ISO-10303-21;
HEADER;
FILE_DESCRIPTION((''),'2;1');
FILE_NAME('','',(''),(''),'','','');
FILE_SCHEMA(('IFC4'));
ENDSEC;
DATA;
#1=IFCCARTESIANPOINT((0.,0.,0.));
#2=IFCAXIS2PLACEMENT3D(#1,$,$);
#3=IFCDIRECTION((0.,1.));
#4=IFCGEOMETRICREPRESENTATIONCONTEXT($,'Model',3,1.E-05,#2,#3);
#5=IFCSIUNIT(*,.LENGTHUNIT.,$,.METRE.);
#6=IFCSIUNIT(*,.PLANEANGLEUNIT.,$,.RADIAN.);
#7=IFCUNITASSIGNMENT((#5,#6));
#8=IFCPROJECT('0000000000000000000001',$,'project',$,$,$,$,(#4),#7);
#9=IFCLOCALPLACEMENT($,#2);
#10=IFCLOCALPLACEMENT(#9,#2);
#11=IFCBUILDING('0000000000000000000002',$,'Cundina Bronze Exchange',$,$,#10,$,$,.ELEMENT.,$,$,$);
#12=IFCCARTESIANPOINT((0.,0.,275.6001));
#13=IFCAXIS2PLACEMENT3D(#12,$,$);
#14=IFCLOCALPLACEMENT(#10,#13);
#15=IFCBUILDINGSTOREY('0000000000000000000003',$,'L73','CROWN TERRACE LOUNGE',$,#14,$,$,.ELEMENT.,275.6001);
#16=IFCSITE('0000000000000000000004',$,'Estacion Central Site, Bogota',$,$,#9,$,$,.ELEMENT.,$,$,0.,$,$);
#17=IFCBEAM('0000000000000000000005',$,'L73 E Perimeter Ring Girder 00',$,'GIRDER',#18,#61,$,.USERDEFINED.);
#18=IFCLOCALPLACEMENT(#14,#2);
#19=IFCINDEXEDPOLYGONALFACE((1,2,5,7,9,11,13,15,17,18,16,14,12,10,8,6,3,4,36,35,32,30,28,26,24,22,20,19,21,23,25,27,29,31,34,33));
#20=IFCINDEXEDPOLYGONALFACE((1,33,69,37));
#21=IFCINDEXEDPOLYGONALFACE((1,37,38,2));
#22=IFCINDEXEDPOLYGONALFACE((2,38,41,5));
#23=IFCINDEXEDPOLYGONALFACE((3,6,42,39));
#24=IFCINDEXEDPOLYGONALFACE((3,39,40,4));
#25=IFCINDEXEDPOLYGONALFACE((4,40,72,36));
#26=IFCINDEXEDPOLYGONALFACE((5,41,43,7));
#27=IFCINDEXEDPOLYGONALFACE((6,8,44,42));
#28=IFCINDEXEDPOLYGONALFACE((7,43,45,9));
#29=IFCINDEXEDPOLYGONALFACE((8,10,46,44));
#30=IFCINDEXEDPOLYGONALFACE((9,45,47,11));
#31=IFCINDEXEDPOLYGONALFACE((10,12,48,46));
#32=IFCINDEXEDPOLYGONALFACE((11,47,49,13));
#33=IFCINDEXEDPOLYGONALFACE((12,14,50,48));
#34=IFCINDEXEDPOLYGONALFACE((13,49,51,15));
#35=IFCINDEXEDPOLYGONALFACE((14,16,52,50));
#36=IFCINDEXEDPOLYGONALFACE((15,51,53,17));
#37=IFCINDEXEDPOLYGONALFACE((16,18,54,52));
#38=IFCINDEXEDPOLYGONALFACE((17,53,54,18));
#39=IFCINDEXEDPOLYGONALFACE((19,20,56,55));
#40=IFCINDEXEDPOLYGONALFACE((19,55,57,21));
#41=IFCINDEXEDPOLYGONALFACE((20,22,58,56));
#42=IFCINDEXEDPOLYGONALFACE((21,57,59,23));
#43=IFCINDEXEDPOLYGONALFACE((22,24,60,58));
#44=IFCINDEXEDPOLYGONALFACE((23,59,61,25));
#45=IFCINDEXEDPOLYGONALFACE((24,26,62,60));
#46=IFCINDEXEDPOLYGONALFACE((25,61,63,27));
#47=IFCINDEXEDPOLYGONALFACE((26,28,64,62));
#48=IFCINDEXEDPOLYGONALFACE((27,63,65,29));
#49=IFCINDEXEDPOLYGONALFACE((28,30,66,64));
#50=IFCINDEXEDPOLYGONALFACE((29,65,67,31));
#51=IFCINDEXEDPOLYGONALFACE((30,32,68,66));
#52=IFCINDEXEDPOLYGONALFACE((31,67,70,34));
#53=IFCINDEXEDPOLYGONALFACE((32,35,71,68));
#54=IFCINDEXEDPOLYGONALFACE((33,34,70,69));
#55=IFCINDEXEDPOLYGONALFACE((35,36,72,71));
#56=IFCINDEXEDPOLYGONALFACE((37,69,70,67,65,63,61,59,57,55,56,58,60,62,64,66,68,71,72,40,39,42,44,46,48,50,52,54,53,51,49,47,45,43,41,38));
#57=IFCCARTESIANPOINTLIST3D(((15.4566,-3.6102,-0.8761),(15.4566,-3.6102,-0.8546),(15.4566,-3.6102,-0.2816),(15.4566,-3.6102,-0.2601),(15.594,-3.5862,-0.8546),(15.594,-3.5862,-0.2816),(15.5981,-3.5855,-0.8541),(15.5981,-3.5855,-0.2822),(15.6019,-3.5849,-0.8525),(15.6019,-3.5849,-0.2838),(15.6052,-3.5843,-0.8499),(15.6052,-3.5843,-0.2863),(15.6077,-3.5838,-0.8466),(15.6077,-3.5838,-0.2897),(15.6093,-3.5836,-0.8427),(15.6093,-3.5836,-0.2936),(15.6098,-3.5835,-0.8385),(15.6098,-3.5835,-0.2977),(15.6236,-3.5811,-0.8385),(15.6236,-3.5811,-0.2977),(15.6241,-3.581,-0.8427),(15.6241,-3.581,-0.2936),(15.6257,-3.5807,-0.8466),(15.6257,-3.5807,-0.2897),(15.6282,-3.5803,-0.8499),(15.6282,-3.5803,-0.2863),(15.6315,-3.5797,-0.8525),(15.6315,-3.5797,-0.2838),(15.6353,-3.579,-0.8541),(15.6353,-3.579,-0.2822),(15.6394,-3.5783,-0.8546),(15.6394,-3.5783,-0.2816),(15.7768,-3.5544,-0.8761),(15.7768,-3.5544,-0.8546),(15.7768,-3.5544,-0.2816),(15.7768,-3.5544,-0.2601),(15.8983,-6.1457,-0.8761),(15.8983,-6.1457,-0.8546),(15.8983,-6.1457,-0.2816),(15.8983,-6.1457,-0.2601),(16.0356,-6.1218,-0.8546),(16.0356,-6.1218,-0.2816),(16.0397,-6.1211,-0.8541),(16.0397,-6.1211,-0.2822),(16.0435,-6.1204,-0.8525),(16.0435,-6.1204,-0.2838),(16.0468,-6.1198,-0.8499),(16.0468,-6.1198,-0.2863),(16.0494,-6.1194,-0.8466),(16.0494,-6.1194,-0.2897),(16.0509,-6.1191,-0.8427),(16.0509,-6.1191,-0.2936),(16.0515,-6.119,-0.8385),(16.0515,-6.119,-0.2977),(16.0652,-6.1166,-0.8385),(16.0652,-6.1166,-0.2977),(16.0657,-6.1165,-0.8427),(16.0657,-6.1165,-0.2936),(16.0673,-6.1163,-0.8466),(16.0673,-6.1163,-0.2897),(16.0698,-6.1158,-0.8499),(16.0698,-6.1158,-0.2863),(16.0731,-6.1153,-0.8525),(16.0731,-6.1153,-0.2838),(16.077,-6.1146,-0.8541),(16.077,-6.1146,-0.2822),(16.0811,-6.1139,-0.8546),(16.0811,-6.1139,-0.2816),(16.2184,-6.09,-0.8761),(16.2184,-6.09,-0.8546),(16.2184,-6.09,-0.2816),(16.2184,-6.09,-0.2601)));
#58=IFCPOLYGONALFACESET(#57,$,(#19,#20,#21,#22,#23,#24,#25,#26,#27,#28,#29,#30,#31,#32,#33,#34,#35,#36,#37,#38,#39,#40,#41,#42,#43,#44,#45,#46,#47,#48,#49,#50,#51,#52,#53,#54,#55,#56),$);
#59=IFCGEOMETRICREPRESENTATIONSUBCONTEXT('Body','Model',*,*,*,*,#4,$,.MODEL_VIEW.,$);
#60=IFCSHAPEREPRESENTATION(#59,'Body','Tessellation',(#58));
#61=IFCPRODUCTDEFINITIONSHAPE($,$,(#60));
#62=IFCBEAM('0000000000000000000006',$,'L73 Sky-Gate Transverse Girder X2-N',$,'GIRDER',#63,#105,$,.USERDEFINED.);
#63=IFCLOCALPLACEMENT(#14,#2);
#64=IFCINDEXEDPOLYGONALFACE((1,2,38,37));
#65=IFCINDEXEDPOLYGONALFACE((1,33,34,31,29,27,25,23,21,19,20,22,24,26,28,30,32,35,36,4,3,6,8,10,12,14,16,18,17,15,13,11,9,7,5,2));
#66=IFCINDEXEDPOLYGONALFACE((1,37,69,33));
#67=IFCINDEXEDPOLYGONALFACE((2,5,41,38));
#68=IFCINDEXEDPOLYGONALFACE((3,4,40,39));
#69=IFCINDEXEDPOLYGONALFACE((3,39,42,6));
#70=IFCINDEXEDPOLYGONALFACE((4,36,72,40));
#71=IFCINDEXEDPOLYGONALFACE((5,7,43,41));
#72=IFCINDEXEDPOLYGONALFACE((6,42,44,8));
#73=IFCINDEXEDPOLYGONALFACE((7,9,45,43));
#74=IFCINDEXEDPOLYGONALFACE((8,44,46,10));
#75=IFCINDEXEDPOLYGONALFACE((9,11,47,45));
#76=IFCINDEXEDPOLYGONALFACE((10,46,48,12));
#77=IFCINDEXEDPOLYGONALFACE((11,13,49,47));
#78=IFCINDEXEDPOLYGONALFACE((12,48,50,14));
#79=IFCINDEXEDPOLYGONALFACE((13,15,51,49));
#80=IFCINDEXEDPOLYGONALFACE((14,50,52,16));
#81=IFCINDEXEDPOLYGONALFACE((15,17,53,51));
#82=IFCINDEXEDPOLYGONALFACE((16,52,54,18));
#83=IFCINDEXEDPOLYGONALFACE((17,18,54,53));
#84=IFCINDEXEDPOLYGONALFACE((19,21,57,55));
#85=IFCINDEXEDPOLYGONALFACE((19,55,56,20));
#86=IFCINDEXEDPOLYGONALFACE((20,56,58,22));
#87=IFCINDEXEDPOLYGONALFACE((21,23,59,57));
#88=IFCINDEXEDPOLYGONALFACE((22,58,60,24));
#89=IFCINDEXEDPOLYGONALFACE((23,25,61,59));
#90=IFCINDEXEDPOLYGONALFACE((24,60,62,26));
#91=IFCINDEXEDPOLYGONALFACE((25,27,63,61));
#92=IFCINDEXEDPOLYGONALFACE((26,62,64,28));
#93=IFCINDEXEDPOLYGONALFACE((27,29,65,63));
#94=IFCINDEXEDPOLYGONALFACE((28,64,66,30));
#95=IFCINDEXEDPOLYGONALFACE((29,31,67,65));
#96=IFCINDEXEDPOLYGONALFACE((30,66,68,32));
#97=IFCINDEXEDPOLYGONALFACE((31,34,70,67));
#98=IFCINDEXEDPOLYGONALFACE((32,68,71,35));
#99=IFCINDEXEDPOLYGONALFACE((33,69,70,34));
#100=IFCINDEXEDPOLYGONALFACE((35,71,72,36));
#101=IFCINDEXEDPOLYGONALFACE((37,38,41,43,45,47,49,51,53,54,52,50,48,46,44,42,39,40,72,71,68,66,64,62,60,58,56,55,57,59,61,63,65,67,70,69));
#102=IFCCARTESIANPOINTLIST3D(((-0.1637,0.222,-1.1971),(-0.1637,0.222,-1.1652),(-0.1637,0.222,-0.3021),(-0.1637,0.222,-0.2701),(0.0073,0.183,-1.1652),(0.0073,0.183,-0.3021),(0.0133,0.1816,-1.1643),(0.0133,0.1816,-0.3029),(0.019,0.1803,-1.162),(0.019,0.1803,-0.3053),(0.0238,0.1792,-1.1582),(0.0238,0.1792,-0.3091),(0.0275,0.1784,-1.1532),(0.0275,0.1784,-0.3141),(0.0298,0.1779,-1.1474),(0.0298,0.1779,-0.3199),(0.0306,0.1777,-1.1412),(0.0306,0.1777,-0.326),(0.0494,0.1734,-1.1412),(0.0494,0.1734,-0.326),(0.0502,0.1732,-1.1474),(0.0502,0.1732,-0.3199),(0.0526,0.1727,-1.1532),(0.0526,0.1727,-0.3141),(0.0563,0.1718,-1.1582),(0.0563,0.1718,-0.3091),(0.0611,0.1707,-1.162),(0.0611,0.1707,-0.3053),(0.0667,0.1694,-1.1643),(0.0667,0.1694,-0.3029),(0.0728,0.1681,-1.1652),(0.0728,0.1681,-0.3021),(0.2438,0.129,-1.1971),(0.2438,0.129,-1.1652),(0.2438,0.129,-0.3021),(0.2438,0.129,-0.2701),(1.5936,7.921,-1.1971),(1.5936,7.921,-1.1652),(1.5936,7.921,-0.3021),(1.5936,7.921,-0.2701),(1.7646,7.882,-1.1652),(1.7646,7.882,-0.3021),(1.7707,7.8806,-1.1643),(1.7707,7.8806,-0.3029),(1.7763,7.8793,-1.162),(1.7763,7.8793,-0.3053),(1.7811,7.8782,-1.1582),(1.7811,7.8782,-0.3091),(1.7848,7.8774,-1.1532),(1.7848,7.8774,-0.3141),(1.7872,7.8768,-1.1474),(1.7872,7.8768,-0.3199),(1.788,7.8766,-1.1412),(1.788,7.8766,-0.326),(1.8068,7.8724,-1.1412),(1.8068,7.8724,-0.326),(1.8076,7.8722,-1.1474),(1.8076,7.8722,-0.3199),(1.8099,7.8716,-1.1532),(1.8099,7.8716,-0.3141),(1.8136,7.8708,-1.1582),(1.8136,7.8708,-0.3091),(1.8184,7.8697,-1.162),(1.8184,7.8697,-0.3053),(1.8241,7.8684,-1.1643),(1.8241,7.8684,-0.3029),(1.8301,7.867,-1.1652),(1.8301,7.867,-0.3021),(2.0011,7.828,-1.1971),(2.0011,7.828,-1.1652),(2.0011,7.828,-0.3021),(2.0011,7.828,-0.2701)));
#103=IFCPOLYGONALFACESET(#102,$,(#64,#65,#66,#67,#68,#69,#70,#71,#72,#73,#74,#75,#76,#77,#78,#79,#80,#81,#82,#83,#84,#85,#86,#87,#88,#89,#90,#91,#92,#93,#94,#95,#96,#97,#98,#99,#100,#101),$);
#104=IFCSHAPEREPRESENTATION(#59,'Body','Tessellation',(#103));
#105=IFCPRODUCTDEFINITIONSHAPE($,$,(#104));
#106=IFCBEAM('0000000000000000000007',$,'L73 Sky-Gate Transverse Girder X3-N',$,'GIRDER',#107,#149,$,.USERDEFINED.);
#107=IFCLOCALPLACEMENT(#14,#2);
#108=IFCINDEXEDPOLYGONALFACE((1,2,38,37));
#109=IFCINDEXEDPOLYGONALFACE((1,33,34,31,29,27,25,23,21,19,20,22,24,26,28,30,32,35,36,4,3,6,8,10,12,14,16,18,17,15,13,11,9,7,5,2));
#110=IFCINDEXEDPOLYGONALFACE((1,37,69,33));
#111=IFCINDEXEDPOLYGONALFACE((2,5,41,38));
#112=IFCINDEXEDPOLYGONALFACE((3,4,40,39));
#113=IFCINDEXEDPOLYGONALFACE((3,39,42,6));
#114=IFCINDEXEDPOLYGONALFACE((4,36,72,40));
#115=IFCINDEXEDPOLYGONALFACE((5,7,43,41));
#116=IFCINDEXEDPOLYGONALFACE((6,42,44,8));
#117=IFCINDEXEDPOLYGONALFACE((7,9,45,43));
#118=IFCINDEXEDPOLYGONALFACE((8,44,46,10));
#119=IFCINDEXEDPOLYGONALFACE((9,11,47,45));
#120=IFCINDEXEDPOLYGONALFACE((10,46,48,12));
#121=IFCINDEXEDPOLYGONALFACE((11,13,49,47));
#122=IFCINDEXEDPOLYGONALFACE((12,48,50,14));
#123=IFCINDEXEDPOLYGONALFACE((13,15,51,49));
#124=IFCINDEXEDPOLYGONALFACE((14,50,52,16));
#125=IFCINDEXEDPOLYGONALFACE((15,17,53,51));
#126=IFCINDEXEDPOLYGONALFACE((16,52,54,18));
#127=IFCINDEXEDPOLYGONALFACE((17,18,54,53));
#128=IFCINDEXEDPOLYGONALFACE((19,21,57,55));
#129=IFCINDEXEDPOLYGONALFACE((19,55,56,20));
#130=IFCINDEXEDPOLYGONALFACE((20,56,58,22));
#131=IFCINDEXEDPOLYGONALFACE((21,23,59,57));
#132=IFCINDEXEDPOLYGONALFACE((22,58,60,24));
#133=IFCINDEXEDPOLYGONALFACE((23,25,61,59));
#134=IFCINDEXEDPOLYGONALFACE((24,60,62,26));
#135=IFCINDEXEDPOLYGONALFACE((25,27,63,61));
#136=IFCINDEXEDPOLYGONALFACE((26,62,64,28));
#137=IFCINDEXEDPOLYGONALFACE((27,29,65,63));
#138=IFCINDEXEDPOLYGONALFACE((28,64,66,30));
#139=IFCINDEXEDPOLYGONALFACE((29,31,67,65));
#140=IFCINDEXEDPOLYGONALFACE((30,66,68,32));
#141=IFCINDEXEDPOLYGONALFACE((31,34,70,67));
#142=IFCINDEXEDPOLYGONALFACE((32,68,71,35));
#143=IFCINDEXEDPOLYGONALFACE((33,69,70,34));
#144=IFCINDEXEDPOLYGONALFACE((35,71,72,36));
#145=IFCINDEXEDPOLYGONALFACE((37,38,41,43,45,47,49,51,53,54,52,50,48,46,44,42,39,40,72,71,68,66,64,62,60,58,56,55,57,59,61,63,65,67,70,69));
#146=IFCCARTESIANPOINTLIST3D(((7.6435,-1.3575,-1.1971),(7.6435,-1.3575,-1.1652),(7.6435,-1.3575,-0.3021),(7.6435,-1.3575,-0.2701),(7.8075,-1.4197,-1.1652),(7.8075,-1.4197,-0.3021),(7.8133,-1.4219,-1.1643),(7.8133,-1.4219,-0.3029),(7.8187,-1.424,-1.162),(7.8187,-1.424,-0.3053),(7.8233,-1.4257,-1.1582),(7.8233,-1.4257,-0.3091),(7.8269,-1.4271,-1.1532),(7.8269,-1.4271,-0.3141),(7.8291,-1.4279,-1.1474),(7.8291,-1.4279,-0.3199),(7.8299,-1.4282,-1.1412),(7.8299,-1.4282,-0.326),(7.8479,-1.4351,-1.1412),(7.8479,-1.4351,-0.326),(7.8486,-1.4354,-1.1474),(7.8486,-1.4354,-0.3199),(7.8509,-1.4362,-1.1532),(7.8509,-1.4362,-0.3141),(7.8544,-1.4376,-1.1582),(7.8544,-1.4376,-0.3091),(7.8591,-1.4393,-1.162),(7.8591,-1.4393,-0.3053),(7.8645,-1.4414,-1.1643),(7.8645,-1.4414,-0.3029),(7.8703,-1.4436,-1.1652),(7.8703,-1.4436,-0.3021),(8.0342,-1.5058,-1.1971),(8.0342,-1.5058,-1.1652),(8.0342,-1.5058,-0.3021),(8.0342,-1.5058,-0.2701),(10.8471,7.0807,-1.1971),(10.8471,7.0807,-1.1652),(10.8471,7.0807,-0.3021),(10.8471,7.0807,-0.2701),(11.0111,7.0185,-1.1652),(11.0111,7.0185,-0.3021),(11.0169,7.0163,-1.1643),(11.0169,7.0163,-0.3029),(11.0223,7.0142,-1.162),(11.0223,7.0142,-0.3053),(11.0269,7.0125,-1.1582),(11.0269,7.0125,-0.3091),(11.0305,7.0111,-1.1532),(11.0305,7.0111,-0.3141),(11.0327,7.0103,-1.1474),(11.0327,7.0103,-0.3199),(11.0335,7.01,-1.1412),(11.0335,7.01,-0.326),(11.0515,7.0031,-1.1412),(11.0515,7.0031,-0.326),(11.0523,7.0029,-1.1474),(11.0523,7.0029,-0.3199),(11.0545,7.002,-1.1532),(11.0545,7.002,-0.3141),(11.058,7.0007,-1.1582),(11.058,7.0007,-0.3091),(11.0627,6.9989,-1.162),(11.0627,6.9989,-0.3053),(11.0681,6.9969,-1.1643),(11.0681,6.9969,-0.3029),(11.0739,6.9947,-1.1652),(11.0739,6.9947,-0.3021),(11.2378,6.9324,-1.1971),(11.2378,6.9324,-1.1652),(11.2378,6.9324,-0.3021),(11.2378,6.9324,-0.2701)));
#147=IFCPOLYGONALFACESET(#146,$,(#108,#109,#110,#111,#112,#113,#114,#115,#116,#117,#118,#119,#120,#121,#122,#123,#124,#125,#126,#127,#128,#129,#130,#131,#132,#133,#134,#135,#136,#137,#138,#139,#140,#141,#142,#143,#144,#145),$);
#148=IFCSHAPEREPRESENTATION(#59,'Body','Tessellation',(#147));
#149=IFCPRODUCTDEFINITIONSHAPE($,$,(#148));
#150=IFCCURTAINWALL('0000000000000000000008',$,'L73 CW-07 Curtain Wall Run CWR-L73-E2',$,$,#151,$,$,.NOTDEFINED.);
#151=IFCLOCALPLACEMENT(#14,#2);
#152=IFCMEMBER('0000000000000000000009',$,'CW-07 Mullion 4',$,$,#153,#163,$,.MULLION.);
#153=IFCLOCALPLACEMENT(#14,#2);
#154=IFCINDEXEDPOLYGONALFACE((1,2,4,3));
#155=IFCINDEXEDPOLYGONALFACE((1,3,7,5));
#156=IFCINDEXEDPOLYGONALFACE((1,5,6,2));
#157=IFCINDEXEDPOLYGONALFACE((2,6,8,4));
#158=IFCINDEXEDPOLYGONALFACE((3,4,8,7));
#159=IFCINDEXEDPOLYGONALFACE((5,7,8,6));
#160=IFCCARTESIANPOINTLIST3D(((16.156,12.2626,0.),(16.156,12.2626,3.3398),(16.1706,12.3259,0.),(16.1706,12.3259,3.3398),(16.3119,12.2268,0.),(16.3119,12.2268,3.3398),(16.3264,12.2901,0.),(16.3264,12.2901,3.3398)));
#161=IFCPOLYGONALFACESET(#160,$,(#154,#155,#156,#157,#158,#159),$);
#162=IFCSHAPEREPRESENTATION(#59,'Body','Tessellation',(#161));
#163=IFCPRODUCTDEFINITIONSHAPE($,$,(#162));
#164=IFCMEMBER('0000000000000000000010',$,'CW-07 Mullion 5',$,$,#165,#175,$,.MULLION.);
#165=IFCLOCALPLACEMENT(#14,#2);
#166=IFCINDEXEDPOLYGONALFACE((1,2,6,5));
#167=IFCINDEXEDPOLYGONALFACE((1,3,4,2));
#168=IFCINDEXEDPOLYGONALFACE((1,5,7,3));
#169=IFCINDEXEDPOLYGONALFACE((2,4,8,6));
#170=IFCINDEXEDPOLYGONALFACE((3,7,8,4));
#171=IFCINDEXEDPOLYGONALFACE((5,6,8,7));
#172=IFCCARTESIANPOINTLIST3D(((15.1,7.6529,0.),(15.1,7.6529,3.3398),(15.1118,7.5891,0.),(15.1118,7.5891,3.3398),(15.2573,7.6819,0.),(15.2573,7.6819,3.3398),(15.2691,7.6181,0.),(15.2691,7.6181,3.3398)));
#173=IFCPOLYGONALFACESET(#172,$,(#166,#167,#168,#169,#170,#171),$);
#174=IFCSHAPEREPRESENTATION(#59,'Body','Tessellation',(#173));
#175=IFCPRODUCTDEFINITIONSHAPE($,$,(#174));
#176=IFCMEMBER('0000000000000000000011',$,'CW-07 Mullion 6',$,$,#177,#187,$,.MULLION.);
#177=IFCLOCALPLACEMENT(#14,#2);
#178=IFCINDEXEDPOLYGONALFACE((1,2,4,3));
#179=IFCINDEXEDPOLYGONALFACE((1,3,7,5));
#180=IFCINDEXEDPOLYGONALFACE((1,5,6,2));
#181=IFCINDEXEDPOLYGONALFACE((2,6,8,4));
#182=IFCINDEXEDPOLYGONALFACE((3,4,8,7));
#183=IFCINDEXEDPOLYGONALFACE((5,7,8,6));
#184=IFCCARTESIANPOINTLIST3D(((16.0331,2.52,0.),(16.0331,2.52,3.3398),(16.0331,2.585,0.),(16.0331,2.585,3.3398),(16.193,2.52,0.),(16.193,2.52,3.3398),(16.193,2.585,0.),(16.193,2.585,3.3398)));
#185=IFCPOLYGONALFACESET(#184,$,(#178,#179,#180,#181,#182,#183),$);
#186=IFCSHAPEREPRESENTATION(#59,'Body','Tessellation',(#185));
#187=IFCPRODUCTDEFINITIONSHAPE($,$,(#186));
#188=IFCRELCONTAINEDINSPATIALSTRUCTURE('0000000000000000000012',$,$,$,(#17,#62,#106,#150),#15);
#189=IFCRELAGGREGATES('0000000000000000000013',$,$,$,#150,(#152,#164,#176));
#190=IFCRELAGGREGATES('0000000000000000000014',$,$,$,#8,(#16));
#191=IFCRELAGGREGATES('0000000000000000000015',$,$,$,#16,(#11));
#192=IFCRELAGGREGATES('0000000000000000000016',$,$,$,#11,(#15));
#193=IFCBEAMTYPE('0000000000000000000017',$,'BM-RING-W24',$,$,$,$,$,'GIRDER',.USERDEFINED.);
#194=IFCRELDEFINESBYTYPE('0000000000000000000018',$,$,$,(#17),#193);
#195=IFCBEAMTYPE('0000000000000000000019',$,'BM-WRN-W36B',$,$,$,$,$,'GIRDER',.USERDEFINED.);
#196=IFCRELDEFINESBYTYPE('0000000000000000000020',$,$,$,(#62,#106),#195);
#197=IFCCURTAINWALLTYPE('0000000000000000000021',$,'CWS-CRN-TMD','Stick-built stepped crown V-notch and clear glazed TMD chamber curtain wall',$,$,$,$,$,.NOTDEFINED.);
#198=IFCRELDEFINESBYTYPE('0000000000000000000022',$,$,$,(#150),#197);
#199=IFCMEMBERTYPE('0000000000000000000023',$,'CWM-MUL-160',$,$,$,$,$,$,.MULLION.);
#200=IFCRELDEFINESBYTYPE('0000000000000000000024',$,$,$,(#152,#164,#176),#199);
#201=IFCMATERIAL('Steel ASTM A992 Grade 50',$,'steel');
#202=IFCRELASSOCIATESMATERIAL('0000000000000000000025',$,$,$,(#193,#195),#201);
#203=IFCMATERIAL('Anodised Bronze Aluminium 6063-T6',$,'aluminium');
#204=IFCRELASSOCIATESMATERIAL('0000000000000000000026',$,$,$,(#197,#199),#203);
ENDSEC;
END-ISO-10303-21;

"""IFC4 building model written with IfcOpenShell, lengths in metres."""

from ifc_helpers import new_model, si_unit, direction, frame, origin, origin_2d, place, context, subcontext, project, spatial, rectangle, i_section, extrude, material, material_profile, profile_set, type_object, element, aggregate, save


model = new_model("IFC4")

# Units and contexts
model_context = context("Model", 3, precision=1e-05, world=origin(), true_north=direction((0.0, 1.0)))
body_context = subcontext(model_context, "Body", "Model", "MODEL_VIEW")
ifc_project = project(units=[si_unit("LENGTHUNIT", "METRE"), si_unit("PLANEANGLEUNIT", "RADIAN")], contexts=[model_context])

# Site, building, storey
site_placement = place(None, origin())
site = spatial("IfcSite", under=ifc_project, at=site_placement, Name="Estacion Central Site, Bogota", CompositionType="ELEMENT", RefElevation=0.0)
building_placement = place(site_placement, origin())
building = spatial("IfcBuilding", under=site, at=building_placement, Name="Cundina Bronze Exchange", CompositionType="ELEMENT")
storey_placement = place(building_placement, frame((0.0, 0.0, 275.6001)))
storey = spatial("IfcBuildingStorey", under=building, at=storey_placement, Name="L73", Description="CROWN TERRACE LOUNGE", CompositionType="ELEMENT", Elevation=275.6001)

# Beams
ifc_material_1 = material(Name="Steel ASTM A992 Grade 50", Category="steel")
ifc_material_profile_1 = material_profile(ifc_material_1, i_section(OverallWidth=0.325, OverallDepth=0.616, WebThickness=0.0139, FlangeThickness=0.0215, FilletRadius=0.0161, at=origin_2d()), Name="W24X117", Category="steel")
ifc_profile_set_1 = profile_set([ifc_material_profile_1], Name="Steel ASTM A992 Grade 50")
beam_type_1 = type_object("IfcBeamType", Name="BM-RING-W24", ElementType="GIRDER", PredefinedType="USERDEFINED", material=ifc_profile_set_1)
beam_1_placement = place(storey_placement, frame((15.6167, -3.5823, -0.5681), z_axis=(0.171593, -0.985168, 0.0), x_axis=(0.985168, 0.171593, 0.0)))
element("IfcBeam", 1, at=beam_1_placement, inside=storey, type_object=beam_type_1, Name="L73 E Perimeter Ring Girder 00", ObjectType="GIRDER", PredefinedType="USERDEFINED", context=body_context, shape_type="SweptSolid", body=[
    extrude(i_section(OverallWidth=0.325, OverallDepth=0.616, WebThickness=0.0139, FlangeThickness=0.0215, FilletRadius=0.0161, at=origin_2d()), origin(), (0.0, 0.0, 1.0), 2.5737),
])
ifc_material_profile_2 = material_profile(ifc_material_1, i_section(OverallWidth=0.418, OverallDepth=0.927, WebThickness=0.0193, FlangeThickness=0.032, FilletRadius=0.0239, at=origin_2d()), Name="W36X231", Category="steel")
ifc_profile_set_2 = profile_set([ifc_material_profile_2], Name="Steel ASTM A992 Grade 50")
beam_type_2 = type_object("IfcBeamType", Name="BM-WRN-W36B", ElementType="GIRDER", PredefinedType="USERDEFINED", material=ifc_profile_set_2)
beam_2_placement = place(storey_placement, frame((0.04, 0.1755, -0.7336), z_axis=(0.222531, 0.974926, 0.0), x_axis=(-0.974926, 0.222531, 0.0)))
element("IfcBeam", 2, at=beam_2_placement, inside=storey, type_object=beam_type_2, Name="L73 Sky-Gate Transverse Girder X2-N", ObjectType="GIRDER", PredefinedType="USERDEFINED", context=body_context, shape_type="SweptSolid", body=[
    extrude(i_section(OverallWidth=0.418, OverallDepth=0.927, WebThickness=0.0193, FlangeThickness=0.032, FilletRadius=0.0239, at=origin_2d()), origin(), (0.0, 0.0, 1.0), 7.897),
])
beam_3_placement = place(storey_placement, frame((7.8389, -1.4316, -0.7336), z_axis=(0.354936, 0.934891, 0.0), x_axis=(-0.934891, 0.354936, 0.0)))
element("IfcBeam", 3, at=beam_3_placement, inside=storey, type_object=beam_type_2, Name="L73 Sky-Gate Transverse Girder X3-N", ObjectType="GIRDER", PredefinedType="USERDEFINED", context=body_context, shape_type="SweptSolid", body=[
    extrude(i_section(OverallWidth=0.418, OverallDepth=0.927, WebThickness=0.0193, FlangeThickness=0.032, FilletRadius=0.0239, at=origin_2d()), origin(), (0.0, 0.0, 1.0), 9.0259),
])

# Curtain wall, members
ifc_material_2 = material(Name="Anodised Bronze Aluminium 6063-T6", Category="aluminium")
curtain_wall_type = type_object("IfcCurtainWallType", Name="CWS-CRN-TMD", Description="Stick-built stepped crown V-notch and clear glazed TMD chamber curtain wall", PredefinedType="NOTDEFINED", material=ifc_material_2)
curtain_wall_placement = place(storey_placement, origin())
curtain_wall = element("IfcCurtainWall", 4, at=curtain_wall_placement, inside=storey, type_object=curtain_wall_type, Name="L73 CW-07 Curtain Wall Run CWR-L73-E2", PredefinedType="NOTDEFINED")
ifc_material_profile_3 = material_profile(ifc_material_2, rectangle(XDim=0.0649, YDim=0.1599, at=origin_2d()), Name="AL65X160", Category="aluminium")
ifc_profile_set_3 = profile_set([ifc_material_profile_3], Name="Anodised Bronze Aluminium 6063-T6")
member_type_1 = type_object("IfcMemberType", Name="CWM-MUL-160", PredefinedType="MULLION", material=ifc_profile_set_3)
member_1_placement = place(storey_placement, frame((16.2412, 12.2764, 0.0), z_axis=(0.0, 0.0, 1.0), x_axis=(-0.223931, -0.974605, 0.0)))
member_1 = element("IfcMember", 5, at=member_1_placement, type_object=member_type_1, Name="CW-07 Mullion 4", PredefinedType="MULLION", context=body_context, shape_type="SweptSolid", body=[
    extrude(rectangle(XDim=0.0649, YDim=0.1599, at=origin_2d()), origin(), (0.0, 0.0, 1.0), 3.3398),
])
member_2_placement = place(storey_placement, frame((15.1846, 7.6355, 0.0), z_axis=(0.0, 0.0, 1.0), x_axis=(0.181549, -0.983382, 0.0)))
member_2 = element("IfcMember", 6, at=member_2_placement, type_object=member_type_1, Name="CW-07 Mullion 5", PredefinedType="MULLION", context=body_context, shape_type="SweptSolid", body=[
    extrude(rectangle(XDim=0.0649, YDim=0.1599, at=origin_2d()), origin(), (0.0, 0.0, 1.0), 3.3398),
])
member_3_placement = place(storey_placement, frame((16.113, 2.5525, 0.0), z_axis=(0.0, 0.0, 1.0), x_axis=(0.0, -1.0, 0.0)))
member_3 = element("IfcMember", 7, at=member_3_placement, type_object=member_type_1, Name="CW-07 Mullion 6", PredefinedType="MULLION", context=body_context, shape_type="SweptSolid", body=[
    extrude(rectangle(XDim=0.0649, YDim=0.1599, at=origin_2d()), origin(), (0.0, 0.0, 1.0), 3.3398),
])
aggregate(curtain_wall, [member_1, member_2, member_3])

save(model, "model.ifc")
